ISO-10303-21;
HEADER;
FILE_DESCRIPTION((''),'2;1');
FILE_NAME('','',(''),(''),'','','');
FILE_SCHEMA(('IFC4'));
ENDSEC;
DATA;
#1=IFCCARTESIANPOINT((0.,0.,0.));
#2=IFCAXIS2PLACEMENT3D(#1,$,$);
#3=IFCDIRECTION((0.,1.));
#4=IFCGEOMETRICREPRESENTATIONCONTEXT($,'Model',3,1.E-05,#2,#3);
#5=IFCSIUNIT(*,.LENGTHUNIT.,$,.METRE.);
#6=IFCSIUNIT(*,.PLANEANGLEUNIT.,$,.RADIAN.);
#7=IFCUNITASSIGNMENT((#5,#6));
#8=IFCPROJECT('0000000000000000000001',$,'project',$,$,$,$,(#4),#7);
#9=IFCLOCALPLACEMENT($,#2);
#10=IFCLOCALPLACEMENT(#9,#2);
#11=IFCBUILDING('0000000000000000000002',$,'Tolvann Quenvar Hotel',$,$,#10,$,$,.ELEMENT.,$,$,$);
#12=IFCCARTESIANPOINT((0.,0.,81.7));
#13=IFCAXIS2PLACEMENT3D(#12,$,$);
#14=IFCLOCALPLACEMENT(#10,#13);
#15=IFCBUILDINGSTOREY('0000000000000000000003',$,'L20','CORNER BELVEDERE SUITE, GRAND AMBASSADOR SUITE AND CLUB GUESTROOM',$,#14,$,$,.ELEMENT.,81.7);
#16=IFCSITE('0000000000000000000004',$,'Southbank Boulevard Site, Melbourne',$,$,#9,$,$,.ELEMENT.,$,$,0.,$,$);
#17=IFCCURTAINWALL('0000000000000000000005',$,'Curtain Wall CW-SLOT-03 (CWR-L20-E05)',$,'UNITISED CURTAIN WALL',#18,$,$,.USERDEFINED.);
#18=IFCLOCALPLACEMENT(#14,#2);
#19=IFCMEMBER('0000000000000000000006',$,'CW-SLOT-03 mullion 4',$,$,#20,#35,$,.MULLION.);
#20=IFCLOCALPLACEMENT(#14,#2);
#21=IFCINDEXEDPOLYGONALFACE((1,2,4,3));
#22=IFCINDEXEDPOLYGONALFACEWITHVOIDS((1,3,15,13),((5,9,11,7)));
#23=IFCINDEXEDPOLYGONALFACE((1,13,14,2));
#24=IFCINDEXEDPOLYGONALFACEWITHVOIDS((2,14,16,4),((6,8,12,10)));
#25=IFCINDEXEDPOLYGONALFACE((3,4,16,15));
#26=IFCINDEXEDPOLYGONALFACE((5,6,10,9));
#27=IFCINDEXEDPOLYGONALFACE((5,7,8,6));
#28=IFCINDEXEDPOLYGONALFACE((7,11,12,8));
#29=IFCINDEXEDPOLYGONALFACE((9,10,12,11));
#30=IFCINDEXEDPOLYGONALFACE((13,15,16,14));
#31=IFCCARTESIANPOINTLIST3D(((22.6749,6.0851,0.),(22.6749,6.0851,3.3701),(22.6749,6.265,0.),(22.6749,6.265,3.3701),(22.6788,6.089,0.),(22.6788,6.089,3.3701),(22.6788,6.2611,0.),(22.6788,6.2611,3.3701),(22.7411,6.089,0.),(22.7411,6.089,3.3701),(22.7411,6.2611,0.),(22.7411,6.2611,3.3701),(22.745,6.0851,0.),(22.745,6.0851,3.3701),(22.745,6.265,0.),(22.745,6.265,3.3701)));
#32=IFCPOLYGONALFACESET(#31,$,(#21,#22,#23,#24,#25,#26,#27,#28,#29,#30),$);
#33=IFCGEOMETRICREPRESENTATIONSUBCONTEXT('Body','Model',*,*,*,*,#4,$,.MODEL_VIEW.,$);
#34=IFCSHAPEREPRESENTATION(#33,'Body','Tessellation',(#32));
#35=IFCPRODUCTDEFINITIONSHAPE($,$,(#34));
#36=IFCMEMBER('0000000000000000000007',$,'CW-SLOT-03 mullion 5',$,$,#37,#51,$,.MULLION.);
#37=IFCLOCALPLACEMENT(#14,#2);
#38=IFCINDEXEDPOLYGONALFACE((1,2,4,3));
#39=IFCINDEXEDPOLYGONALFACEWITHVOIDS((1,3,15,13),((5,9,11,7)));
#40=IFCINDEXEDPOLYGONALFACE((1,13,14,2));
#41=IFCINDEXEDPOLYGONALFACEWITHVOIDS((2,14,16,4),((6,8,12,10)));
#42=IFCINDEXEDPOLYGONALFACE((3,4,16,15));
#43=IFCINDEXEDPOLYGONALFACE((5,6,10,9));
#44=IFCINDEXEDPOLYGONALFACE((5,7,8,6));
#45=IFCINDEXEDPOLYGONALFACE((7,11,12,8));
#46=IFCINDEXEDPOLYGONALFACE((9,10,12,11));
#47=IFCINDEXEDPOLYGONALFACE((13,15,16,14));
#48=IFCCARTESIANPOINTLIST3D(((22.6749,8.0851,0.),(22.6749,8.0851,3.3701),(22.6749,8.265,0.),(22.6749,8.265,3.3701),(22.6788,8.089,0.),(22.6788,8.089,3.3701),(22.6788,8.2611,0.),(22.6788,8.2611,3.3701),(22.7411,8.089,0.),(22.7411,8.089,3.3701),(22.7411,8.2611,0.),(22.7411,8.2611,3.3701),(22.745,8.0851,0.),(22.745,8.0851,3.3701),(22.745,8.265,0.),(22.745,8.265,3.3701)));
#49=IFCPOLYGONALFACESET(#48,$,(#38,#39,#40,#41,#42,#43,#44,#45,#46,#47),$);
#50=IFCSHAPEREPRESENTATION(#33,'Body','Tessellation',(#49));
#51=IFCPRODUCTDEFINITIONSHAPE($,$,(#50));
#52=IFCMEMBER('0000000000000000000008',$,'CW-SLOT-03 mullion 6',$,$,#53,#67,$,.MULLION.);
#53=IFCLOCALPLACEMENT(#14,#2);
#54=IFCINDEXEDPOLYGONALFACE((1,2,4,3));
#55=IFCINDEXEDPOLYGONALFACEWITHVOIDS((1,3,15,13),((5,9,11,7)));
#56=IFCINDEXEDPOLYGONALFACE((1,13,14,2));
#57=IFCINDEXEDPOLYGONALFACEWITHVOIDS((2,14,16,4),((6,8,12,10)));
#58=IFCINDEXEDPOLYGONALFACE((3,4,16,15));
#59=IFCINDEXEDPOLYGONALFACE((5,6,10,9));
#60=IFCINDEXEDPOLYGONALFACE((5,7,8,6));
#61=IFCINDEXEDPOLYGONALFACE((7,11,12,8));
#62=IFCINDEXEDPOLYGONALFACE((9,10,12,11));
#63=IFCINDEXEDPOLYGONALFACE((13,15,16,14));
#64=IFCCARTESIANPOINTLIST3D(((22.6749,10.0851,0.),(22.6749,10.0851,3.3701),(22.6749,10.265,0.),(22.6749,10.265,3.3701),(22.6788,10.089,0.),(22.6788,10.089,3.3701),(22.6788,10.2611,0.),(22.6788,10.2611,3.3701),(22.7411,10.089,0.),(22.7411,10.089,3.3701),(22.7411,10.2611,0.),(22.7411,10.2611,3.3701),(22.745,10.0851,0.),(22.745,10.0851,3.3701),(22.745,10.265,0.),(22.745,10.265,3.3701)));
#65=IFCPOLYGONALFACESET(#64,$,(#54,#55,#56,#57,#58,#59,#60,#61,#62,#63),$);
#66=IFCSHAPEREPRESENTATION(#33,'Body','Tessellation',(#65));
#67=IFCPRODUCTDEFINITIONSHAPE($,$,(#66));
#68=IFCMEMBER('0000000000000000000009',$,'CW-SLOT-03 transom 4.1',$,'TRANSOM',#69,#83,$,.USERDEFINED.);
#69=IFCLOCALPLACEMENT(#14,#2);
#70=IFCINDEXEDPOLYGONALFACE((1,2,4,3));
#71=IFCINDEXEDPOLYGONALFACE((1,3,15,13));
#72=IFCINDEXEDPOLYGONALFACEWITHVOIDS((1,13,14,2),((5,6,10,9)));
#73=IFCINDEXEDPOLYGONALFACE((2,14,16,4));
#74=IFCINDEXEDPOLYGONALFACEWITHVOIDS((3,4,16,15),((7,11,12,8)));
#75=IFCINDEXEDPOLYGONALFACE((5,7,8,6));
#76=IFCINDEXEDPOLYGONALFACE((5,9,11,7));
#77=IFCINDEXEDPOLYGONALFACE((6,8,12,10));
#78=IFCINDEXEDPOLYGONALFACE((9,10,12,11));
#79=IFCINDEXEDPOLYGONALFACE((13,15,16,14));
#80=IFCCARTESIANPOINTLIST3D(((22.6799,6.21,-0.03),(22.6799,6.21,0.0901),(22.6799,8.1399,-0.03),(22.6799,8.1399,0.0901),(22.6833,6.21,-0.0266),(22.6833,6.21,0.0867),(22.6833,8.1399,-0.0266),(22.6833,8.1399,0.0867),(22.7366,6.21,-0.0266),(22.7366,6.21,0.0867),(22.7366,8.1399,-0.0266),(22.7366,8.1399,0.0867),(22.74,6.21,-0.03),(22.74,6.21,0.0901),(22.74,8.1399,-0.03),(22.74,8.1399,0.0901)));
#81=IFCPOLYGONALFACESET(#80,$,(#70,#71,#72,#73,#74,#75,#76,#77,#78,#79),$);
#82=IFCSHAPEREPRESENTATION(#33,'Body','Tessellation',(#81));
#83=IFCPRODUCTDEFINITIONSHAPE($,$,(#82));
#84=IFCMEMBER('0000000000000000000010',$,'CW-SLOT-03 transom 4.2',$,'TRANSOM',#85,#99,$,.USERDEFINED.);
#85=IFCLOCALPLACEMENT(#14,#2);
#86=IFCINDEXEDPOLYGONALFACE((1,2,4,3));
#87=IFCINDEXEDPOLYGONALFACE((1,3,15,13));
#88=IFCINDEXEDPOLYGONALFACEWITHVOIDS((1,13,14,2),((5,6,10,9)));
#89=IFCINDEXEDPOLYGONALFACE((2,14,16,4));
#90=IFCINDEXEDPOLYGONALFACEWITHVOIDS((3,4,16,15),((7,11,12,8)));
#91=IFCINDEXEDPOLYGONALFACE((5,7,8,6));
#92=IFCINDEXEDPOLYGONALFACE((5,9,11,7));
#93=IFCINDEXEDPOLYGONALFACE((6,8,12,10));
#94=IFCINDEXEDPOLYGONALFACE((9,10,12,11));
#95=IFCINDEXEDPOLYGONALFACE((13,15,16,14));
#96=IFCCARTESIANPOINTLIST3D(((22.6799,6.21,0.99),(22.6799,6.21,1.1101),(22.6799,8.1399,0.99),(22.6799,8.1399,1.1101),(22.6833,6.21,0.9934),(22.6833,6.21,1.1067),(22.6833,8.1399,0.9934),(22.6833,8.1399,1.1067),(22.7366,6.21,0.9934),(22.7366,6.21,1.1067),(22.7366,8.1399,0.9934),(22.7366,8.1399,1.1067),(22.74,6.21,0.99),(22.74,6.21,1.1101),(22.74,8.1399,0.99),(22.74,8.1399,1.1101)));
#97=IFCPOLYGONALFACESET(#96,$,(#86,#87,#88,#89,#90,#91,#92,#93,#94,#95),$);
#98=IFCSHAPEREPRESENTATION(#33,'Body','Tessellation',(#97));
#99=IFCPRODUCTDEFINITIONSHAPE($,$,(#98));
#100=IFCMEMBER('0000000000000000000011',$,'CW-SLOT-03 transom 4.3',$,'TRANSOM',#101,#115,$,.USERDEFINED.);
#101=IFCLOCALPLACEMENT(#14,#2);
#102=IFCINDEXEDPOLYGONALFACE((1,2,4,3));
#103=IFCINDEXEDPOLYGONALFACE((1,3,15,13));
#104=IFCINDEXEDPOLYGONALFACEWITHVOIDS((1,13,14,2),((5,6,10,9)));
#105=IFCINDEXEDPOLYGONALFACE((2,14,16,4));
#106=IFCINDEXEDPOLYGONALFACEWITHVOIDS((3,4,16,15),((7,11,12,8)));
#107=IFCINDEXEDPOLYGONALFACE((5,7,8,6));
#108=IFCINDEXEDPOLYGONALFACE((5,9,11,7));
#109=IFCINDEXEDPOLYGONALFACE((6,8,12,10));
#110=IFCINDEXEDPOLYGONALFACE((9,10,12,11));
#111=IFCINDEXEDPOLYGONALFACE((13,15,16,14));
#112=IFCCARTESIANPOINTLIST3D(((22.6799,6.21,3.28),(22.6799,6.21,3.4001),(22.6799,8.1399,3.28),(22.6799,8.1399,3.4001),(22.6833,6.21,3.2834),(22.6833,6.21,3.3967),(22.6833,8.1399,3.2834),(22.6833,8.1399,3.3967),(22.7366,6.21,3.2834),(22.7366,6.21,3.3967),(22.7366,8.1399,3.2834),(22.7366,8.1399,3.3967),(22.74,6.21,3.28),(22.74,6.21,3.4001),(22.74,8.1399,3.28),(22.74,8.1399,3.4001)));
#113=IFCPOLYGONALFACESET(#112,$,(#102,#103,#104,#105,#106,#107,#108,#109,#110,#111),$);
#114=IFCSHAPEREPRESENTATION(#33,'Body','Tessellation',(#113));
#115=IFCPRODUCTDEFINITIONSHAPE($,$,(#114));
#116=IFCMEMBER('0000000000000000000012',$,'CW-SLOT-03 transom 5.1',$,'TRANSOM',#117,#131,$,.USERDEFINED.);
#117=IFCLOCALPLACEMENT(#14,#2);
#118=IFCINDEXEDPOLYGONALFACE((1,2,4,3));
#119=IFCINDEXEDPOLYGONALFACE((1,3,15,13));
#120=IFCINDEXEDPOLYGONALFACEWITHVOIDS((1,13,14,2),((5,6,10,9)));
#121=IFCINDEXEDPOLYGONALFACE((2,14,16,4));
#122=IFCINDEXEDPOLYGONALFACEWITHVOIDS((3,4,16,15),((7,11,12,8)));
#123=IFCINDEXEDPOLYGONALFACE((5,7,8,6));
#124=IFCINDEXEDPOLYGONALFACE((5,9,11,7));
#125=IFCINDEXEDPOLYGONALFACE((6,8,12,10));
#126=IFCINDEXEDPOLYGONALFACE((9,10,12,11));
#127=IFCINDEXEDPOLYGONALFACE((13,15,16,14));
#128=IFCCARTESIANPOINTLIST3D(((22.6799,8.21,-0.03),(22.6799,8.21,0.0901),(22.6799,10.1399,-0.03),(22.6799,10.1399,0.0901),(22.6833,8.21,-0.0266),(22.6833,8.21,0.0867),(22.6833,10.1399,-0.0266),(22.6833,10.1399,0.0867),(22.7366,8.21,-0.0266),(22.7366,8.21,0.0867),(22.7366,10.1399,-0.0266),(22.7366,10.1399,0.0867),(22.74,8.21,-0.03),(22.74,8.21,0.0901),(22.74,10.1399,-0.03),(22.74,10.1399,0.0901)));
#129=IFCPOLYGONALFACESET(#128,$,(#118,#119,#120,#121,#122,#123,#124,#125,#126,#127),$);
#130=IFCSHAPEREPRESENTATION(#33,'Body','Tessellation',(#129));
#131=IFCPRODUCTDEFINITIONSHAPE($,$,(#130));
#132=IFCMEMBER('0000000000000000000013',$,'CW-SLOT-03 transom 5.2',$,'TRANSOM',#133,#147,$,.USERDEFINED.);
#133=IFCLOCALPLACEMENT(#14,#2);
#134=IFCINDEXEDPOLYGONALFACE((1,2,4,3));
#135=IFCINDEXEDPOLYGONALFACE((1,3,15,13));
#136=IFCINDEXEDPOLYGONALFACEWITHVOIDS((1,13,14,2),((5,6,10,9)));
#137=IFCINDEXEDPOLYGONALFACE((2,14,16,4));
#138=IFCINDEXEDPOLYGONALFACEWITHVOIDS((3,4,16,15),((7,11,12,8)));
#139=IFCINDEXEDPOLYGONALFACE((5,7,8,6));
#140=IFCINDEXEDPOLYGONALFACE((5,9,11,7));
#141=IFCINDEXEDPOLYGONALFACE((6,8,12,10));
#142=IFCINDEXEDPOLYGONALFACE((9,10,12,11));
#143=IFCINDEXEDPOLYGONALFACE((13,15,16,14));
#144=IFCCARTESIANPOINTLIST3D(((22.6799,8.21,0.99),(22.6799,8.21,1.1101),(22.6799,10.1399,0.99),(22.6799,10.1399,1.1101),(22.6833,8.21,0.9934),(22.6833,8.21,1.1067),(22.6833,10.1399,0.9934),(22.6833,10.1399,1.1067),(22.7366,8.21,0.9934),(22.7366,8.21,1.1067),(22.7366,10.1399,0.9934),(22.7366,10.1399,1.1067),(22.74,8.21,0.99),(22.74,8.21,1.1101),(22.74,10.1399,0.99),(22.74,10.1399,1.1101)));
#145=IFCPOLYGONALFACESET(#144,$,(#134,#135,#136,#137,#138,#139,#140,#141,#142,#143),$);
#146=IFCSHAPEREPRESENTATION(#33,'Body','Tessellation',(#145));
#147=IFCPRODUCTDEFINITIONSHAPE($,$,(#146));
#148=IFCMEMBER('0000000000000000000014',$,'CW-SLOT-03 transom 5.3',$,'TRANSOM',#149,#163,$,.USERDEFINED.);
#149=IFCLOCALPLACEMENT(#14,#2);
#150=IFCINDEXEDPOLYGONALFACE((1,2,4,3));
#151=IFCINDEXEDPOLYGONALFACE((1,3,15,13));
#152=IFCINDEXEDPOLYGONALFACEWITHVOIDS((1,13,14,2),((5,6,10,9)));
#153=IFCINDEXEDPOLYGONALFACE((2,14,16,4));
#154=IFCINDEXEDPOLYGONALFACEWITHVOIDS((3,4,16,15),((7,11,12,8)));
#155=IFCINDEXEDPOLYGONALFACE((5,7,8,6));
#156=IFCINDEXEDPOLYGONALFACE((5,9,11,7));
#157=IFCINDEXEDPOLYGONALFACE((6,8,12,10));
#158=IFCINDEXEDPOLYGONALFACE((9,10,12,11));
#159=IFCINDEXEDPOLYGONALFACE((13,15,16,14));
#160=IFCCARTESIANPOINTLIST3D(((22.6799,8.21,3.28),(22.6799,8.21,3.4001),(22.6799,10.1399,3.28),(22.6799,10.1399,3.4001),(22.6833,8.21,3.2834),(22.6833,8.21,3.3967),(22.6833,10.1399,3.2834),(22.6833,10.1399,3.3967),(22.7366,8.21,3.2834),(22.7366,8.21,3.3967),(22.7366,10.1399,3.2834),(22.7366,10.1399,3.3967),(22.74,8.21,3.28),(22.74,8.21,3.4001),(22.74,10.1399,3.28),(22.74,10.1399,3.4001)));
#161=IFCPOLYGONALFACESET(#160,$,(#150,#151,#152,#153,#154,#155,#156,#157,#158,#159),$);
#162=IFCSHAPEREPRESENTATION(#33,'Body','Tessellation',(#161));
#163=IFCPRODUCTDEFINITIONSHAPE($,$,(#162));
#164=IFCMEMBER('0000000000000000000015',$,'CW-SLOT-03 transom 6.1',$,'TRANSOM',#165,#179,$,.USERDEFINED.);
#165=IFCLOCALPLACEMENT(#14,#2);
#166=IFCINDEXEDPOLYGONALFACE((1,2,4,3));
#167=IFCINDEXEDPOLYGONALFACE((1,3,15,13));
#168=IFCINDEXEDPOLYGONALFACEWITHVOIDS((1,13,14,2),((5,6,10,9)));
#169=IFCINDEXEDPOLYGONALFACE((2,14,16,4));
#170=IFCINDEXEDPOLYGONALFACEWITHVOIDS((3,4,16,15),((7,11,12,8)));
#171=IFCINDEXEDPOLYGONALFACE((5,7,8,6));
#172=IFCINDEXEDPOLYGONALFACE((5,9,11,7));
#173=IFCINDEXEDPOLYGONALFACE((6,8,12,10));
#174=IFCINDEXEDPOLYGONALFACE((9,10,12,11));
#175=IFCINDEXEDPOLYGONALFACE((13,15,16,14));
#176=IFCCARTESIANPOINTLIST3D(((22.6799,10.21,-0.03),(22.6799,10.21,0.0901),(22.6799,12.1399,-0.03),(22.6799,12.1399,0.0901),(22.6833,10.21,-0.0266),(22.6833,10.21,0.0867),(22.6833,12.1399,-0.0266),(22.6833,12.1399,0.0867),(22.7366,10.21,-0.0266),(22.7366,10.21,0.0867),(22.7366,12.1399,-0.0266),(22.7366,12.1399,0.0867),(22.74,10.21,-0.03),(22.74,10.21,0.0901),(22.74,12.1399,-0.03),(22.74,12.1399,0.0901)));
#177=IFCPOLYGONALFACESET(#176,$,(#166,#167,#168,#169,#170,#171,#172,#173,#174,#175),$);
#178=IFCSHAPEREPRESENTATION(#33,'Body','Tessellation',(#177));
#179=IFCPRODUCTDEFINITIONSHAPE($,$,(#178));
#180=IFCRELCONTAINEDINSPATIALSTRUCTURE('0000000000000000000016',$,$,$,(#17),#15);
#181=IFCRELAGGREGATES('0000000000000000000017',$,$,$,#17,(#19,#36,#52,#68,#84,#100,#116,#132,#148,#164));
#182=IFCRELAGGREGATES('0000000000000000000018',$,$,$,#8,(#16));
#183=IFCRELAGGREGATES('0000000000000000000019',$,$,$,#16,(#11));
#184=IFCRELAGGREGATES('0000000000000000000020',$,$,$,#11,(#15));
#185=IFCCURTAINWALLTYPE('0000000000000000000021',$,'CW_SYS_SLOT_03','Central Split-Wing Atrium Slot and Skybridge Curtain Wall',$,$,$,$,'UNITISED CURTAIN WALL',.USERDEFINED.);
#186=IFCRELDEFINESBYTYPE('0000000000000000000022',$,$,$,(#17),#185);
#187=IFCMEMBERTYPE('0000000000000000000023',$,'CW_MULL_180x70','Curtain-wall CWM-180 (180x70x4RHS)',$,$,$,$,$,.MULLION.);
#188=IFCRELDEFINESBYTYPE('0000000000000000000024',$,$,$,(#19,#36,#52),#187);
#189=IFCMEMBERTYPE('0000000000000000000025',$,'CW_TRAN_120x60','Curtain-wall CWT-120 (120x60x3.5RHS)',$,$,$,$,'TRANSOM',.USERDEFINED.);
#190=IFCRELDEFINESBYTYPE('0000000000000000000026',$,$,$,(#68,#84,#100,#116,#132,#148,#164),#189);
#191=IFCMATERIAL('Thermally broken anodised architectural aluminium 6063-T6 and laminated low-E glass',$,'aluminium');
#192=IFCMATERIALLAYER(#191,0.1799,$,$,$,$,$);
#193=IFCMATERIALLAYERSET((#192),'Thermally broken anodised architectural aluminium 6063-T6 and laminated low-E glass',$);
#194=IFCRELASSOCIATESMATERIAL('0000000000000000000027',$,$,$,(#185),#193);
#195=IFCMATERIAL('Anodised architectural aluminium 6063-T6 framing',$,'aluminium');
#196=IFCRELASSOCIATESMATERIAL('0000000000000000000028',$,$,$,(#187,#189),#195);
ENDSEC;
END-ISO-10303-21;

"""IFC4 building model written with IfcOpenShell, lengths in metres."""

from ifc_helpers import new_model, si_unit, direction, frame, origin, origin_2d, place, context, subcontext, project, spatial, hollow_rectangle, extrude, source, transform, mapped, material, layer, layer_set, material_profile, profile_set, type_object, type_shapes, element, aggregate, save


model = new_model("IFC4")

# Units and contexts
model_context = context("Model", 3, precision=1e-05, world=origin(), true_north=direction((0.0, 1.0)))
body_context = subcontext(model_context, "Body", "Model", "MODEL_VIEW")
ifc_project = project(units=[si_unit("LENGTHUNIT", "METRE"), si_unit("PLANEANGLEUNIT", "RADIAN")], contexts=[model_context])

# Site, building, storey
site_placement = place(None, origin())
site = spatial("IfcSite", under=ifc_project, at=site_placement, Name="Southbank Boulevard Site, Melbourne", CompositionType="ELEMENT", RefElevation=0.0)
building_placement = place(site_placement, origin())
building = spatial("IfcBuilding", under=site, at=building_placement, Name="Tolvann Quenvar Hotel", CompositionType="ELEMENT")
storey_placement = place(building_placement, frame((0.0, 0.0, 81.7)))
storey = spatial("IfcBuildingStorey", under=building, at=storey_placement, Name="L20", Description="CORNER BELVEDERE SUITE, GRAND AMBASSADOR SUITE AND CLUB GUESTROOM", CompositionType="ELEMENT", Elevation=81.7)

# Curtain wall, members
ifc_material_1 = material(Name="Thermally broken anodised architectural aluminium 6063-T6 and laminated low-E glass", Category="aluminium")
ifc_layer_1 = layer(ifc_material_1, 0.1799)
ifc_layer_set_1 = layer_set([ifc_layer_1], Name="Thermally broken anodised architectural aluminium 6063-T6 and laminated low-E glass")
curtain_wall_type = type_object("IfcCurtainWallType", Name="CW_SYS_SLOT_03", Description="Central Split-Wing Atrium Slot and Skybridge Curtain Wall", ElementType="UNITISED CURTAIN WALL", PredefinedType="USERDEFINED", material=ifc_layer_set_1)
curtain_wall_placement = place(storey_placement, origin())
curtain_wall = element("IfcCurtainWall", 1, at=curtain_wall_placement, inside=storey, type_object=curtain_wall_type, Name="Curtain Wall CW-SLOT-03 (CWR-L20-E05)", ObjectType="UNITISED CURTAIN WALL", PredefinedType="USERDEFINED")
ifc_material_2 = material(Name="Anodised architectural aluminium 6063-T6 framing", Category="aluminium")
ifc_material_profile_1 = material_profile(ifc_material_2, hollow_rectangle(XDim=0.0701, YDim=0.1799, WallThickness=0.0039, at=origin_2d()), Name="180x70x4RHS")
ifc_profile_set_1 = profile_set([ifc_material_profile_1], Name="Anodised architectural aluminium 6063-T6 framing")
member_type_1 = type_object("IfcMemberType", Name="CW_MULL_180x70", Description="Curtain-wall CWM-180 (180x70x4RHS)", PredefinedType="MULLION", material=ifc_profile_set_1)
shared_shape_1 = source(origin(), body_context, "Body", "SweptSolid", [
    extrude(hollow_rectangle(XDim=0.0701, YDim=0.1799, WallThickness=0.0039, at=origin_2d()), origin(), (0.0, 0.0, 1.0), 3.3701),
])
type_shapes(member_type_1, [shared_shape_1])
member_1_placement = place(storey_placement, frame((22.71, 6.175, 0.0), z_axis=(0.0, 0.0, 1.0), x_axis=(-1.0, 0.0, 0.0)))
member_1 = element("IfcMember", 2, at=member_1_placement, type_object=member_type_1, Name="CW-SLOT-03 mullion 4", PredefinedType="MULLION", context=body_context, shape_type="MappedRepresentation", body=[
    mapped(shared_shape_1, transform((0.0, 0.0, 0.0), x_axis=(1.0, 0.0, 0.0), y_axis=(0.0, 1.0, 0.0), z_axis=(0.0, 0.0, 1.0), scale=1.0)),
])
member_2_placement = place(storey_placement, frame((22.71, 8.175, 0.0), z_axis=(0.0, 0.0, 1.0), x_axis=(-1.0, 0.0, 0.0)))
member_2 = element("IfcMember", 3, at=member_2_placement, type_object=member_type_1, Name="CW-SLOT-03 mullion 5", PredefinedType="MULLION", context=body_context, shape_type="MappedRepresentation", body=[
    mapped(shared_shape_1, transform((0.0, 0.0, 0.0), x_axis=(1.0, 0.0, 0.0), y_axis=(0.0, 1.0, 0.0), z_axis=(0.0, 0.0, 1.0), scale=1.0)),
])
member_3_placement = place(storey_placement, frame((22.71, 10.175, 0.0), z_axis=(0.0, 0.0, 1.0), x_axis=(-1.0, 0.0, 0.0)))
member_3 = element("IfcMember", 4, at=member_3_placement, type_object=member_type_1, Name="CW-SLOT-03 mullion 6", PredefinedType="MULLION", context=body_context, shape_type="MappedRepresentation", body=[
    mapped(shared_shape_1, transform((0.0, 0.0, 0.0), x_axis=(1.0, 0.0, 0.0), y_axis=(0.0, 1.0, 0.0), z_axis=(0.0, 0.0, 1.0), scale=1.0)),
])
ifc_material_profile_2 = material_profile(ifc_material_2, hollow_rectangle(XDim=0.0601, YDim=0.1201, WallThickness=0.0034, at=origin_2d()), Name="120x60x3.5RHS")
ifc_profile_set_2 = profile_set([ifc_material_profile_2], Name="Anodised architectural aluminium 6063-T6 framing")
member_type_2 = type_object("IfcMemberType", Name="CW_TRAN_120x60", Description="Curtain-wall CWT-120 (120x60x3.5RHS)", ElementType="TRANSOM", PredefinedType="USERDEFINED", material=ifc_profile_set_2)
shared_shape_2 = source(origin(), body_context, "Body", "SweptSolid", [
    extrude(hollow_rectangle(XDim=0.0601, YDim=0.1201, WallThickness=0.0034, at=origin_2d()), origin(), (0.0, 0.0, 1.0), 1.9299),
])
type_shapes(member_type_2, [shared_shape_2])
member_4_placement = place(storey_placement, frame((22.71, 6.21, 0.03), z_axis=(0.0, 1.0, 0.0), x_axis=(-1.0, 0.0, 0.0)))
member_4 = element("IfcMember", 5, at=member_4_placement, type_object=member_type_2, Name="CW-SLOT-03 transom 4.1", ObjectType="TRANSOM", PredefinedType="USERDEFINED", context=body_context, shape_type="MappedRepresentation", body=[
    mapped(shared_shape_2, transform((0.0, 0.0, 0.0), x_axis=(1.0, 0.0, 0.0), y_axis=(0.0, 1.0, 0.0), z_axis=(0.0, 0.0, 1.0), scale=1.0)),
])
member_5_placement = place(storey_placement, frame((22.71, 6.21, 1.05), z_axis=(0.0, 1.0, 0.0), x_axis=(-1.0, 0.0, 0.0)))
member_5 = element("IfcMember", 6, at=member_5_placement, type_object=member_type_2, Name="CW-SLOT-03 transom 4.2", ObjectType="TRANSOM", PredefinedType="USERDEFINED", context=body_context, shape_type="MappedRepresentation", body=[
    mapped(shared_shape_2, transform((0.0, 0.0, 0.0), x_axis=(1.0, 0.0, 0.0), y_axis=(0.0, 1.0, 0.0), z_axis=(0.0, 0.0, 1.0), scale=1.0)),
])
member_6_placement = place(storey_placement, frame((22.71, 6.21, 3.3401), z_axis=(0.0, 1.0, 0.0), x_axis=(-1.0, 0.0, 0.0)))
member_6 = element("IfcMember", 7, at=member_6_placement, type_object=member_type_2, Name="CW-SLOT-03 transom 4.3", ObjectType="TRANSOM", PredefinedType="USERDEFINED", context=body_context, shape_type="MappedRepresentation", body=[
    mapped(shared_shape_2, transform((0.0, 0.0, 0.0), x_axis=(1.0, 0.0, 0.0), y_axis=(0.0, 1.0, 0.0), z_axis=(0.0, 0.0, 1.0), scale=1.0)),
])
member_7_placement = place(storey_placement, frame((22.71, 8.21, 0.03), z_axis=(0.0, 1.0, 0.0), x_axis=(-1.0, 0.0, 0.0)))
member_7 = element("IfcMember", 8, at=member_7_placement, type_object=member_type_2, Name="CW-SLOT-03 transom 5.1", ObjectType="TRANSOM", PredefinedType="USERDEFINED", context=body_context, shape_type="MappedRepresentation", body=[
    mapped(shared_shape_2, transform((0.0, 0.0, 0.0), x_axis=(1.0, 0.0, 0.0), y_axis=(0.0, 1.0, 0.0), z_axis=(0.0, 0.0, 1.0), scale=1.0)),
])
member_8_placement = place(storey_placement, frame((22.71, 8.21, 1.05), z_axis=(0.0, 1.0, 0.0), x_axis=(-1.0, 0.0, 0.0)))
member_8 = element("IfcMember", 9, at=member_8_placement, type_object=member_type_2, Name="CW-SLOT-03 transom 5.2", ObjectType="TRANSOM", PredefinedType="USERDEFINED", context=body_context, shape_type="MappedRepresentation", body=[
    mapped(shared_shape_2, transform((0.0, 0.0, 0.0), x_axis=(1.0, 0.0, 0.0), y_axis=(0.0, 1.0, 0.0), z_axis=(0.0, 0.0, 1.0), scale=1.0)),
])
member_9_placement = place(storey_placement, frame((22.71, 8.21, 3.3401), z_axis=(0.0, 1.0, 0.0), x_axis=(-1.0, 0.0, 0.0)))
member_9 = element("IfcMember", 10, at=member_9_placement, type_object=member_type_2, Name="CW-SLOT-03 transom 5.3", ObjectType="TRANSOM", PredefinedType="USERDEFINED", context=body_context, shape_type="MappedRepresentation", body=[
    mapped(shared_shape_2, transform((0.0, 0.0, 0.0), x_axis=(1.0, 0.0, 0.0), y_axis=(0.0, 1.0, 0.0), z_axis=(0.0, 0.0, 1.0), scale=1.0)),
])
member_10_placement = place(storey_placement, frame((22.71, 10.21, 0.03), z_axis=(0.0, 1.0, 0.0), x_axis=(-1.0, 0.0, 0.0)))
member_10 = element("IfcMember", 11, at=member_10_placement, type_object=member_type_2, Name="CW-SLOT-03 transom 6.1", ObjectType="TRANSOM", PredefinedType="USERDEFINED", context=body_context, shape_type="MappedRepresentation", body=[
    mapped(shared_shape_2, transform((0.0, 0.0, 0.0), x_axis=(1.0, 0.0, 0.0), y_axis=(0.0, 1.0, 0.0), z_axis=(0.0, 0.0, 1.0), scale=1.0)),
])
aggregate(curtain_wall, [member_1, member_2, member_3, member_4, member_5, member_6, member_7, member_8, member_9, member_10])

save(model, "model.ifc")
